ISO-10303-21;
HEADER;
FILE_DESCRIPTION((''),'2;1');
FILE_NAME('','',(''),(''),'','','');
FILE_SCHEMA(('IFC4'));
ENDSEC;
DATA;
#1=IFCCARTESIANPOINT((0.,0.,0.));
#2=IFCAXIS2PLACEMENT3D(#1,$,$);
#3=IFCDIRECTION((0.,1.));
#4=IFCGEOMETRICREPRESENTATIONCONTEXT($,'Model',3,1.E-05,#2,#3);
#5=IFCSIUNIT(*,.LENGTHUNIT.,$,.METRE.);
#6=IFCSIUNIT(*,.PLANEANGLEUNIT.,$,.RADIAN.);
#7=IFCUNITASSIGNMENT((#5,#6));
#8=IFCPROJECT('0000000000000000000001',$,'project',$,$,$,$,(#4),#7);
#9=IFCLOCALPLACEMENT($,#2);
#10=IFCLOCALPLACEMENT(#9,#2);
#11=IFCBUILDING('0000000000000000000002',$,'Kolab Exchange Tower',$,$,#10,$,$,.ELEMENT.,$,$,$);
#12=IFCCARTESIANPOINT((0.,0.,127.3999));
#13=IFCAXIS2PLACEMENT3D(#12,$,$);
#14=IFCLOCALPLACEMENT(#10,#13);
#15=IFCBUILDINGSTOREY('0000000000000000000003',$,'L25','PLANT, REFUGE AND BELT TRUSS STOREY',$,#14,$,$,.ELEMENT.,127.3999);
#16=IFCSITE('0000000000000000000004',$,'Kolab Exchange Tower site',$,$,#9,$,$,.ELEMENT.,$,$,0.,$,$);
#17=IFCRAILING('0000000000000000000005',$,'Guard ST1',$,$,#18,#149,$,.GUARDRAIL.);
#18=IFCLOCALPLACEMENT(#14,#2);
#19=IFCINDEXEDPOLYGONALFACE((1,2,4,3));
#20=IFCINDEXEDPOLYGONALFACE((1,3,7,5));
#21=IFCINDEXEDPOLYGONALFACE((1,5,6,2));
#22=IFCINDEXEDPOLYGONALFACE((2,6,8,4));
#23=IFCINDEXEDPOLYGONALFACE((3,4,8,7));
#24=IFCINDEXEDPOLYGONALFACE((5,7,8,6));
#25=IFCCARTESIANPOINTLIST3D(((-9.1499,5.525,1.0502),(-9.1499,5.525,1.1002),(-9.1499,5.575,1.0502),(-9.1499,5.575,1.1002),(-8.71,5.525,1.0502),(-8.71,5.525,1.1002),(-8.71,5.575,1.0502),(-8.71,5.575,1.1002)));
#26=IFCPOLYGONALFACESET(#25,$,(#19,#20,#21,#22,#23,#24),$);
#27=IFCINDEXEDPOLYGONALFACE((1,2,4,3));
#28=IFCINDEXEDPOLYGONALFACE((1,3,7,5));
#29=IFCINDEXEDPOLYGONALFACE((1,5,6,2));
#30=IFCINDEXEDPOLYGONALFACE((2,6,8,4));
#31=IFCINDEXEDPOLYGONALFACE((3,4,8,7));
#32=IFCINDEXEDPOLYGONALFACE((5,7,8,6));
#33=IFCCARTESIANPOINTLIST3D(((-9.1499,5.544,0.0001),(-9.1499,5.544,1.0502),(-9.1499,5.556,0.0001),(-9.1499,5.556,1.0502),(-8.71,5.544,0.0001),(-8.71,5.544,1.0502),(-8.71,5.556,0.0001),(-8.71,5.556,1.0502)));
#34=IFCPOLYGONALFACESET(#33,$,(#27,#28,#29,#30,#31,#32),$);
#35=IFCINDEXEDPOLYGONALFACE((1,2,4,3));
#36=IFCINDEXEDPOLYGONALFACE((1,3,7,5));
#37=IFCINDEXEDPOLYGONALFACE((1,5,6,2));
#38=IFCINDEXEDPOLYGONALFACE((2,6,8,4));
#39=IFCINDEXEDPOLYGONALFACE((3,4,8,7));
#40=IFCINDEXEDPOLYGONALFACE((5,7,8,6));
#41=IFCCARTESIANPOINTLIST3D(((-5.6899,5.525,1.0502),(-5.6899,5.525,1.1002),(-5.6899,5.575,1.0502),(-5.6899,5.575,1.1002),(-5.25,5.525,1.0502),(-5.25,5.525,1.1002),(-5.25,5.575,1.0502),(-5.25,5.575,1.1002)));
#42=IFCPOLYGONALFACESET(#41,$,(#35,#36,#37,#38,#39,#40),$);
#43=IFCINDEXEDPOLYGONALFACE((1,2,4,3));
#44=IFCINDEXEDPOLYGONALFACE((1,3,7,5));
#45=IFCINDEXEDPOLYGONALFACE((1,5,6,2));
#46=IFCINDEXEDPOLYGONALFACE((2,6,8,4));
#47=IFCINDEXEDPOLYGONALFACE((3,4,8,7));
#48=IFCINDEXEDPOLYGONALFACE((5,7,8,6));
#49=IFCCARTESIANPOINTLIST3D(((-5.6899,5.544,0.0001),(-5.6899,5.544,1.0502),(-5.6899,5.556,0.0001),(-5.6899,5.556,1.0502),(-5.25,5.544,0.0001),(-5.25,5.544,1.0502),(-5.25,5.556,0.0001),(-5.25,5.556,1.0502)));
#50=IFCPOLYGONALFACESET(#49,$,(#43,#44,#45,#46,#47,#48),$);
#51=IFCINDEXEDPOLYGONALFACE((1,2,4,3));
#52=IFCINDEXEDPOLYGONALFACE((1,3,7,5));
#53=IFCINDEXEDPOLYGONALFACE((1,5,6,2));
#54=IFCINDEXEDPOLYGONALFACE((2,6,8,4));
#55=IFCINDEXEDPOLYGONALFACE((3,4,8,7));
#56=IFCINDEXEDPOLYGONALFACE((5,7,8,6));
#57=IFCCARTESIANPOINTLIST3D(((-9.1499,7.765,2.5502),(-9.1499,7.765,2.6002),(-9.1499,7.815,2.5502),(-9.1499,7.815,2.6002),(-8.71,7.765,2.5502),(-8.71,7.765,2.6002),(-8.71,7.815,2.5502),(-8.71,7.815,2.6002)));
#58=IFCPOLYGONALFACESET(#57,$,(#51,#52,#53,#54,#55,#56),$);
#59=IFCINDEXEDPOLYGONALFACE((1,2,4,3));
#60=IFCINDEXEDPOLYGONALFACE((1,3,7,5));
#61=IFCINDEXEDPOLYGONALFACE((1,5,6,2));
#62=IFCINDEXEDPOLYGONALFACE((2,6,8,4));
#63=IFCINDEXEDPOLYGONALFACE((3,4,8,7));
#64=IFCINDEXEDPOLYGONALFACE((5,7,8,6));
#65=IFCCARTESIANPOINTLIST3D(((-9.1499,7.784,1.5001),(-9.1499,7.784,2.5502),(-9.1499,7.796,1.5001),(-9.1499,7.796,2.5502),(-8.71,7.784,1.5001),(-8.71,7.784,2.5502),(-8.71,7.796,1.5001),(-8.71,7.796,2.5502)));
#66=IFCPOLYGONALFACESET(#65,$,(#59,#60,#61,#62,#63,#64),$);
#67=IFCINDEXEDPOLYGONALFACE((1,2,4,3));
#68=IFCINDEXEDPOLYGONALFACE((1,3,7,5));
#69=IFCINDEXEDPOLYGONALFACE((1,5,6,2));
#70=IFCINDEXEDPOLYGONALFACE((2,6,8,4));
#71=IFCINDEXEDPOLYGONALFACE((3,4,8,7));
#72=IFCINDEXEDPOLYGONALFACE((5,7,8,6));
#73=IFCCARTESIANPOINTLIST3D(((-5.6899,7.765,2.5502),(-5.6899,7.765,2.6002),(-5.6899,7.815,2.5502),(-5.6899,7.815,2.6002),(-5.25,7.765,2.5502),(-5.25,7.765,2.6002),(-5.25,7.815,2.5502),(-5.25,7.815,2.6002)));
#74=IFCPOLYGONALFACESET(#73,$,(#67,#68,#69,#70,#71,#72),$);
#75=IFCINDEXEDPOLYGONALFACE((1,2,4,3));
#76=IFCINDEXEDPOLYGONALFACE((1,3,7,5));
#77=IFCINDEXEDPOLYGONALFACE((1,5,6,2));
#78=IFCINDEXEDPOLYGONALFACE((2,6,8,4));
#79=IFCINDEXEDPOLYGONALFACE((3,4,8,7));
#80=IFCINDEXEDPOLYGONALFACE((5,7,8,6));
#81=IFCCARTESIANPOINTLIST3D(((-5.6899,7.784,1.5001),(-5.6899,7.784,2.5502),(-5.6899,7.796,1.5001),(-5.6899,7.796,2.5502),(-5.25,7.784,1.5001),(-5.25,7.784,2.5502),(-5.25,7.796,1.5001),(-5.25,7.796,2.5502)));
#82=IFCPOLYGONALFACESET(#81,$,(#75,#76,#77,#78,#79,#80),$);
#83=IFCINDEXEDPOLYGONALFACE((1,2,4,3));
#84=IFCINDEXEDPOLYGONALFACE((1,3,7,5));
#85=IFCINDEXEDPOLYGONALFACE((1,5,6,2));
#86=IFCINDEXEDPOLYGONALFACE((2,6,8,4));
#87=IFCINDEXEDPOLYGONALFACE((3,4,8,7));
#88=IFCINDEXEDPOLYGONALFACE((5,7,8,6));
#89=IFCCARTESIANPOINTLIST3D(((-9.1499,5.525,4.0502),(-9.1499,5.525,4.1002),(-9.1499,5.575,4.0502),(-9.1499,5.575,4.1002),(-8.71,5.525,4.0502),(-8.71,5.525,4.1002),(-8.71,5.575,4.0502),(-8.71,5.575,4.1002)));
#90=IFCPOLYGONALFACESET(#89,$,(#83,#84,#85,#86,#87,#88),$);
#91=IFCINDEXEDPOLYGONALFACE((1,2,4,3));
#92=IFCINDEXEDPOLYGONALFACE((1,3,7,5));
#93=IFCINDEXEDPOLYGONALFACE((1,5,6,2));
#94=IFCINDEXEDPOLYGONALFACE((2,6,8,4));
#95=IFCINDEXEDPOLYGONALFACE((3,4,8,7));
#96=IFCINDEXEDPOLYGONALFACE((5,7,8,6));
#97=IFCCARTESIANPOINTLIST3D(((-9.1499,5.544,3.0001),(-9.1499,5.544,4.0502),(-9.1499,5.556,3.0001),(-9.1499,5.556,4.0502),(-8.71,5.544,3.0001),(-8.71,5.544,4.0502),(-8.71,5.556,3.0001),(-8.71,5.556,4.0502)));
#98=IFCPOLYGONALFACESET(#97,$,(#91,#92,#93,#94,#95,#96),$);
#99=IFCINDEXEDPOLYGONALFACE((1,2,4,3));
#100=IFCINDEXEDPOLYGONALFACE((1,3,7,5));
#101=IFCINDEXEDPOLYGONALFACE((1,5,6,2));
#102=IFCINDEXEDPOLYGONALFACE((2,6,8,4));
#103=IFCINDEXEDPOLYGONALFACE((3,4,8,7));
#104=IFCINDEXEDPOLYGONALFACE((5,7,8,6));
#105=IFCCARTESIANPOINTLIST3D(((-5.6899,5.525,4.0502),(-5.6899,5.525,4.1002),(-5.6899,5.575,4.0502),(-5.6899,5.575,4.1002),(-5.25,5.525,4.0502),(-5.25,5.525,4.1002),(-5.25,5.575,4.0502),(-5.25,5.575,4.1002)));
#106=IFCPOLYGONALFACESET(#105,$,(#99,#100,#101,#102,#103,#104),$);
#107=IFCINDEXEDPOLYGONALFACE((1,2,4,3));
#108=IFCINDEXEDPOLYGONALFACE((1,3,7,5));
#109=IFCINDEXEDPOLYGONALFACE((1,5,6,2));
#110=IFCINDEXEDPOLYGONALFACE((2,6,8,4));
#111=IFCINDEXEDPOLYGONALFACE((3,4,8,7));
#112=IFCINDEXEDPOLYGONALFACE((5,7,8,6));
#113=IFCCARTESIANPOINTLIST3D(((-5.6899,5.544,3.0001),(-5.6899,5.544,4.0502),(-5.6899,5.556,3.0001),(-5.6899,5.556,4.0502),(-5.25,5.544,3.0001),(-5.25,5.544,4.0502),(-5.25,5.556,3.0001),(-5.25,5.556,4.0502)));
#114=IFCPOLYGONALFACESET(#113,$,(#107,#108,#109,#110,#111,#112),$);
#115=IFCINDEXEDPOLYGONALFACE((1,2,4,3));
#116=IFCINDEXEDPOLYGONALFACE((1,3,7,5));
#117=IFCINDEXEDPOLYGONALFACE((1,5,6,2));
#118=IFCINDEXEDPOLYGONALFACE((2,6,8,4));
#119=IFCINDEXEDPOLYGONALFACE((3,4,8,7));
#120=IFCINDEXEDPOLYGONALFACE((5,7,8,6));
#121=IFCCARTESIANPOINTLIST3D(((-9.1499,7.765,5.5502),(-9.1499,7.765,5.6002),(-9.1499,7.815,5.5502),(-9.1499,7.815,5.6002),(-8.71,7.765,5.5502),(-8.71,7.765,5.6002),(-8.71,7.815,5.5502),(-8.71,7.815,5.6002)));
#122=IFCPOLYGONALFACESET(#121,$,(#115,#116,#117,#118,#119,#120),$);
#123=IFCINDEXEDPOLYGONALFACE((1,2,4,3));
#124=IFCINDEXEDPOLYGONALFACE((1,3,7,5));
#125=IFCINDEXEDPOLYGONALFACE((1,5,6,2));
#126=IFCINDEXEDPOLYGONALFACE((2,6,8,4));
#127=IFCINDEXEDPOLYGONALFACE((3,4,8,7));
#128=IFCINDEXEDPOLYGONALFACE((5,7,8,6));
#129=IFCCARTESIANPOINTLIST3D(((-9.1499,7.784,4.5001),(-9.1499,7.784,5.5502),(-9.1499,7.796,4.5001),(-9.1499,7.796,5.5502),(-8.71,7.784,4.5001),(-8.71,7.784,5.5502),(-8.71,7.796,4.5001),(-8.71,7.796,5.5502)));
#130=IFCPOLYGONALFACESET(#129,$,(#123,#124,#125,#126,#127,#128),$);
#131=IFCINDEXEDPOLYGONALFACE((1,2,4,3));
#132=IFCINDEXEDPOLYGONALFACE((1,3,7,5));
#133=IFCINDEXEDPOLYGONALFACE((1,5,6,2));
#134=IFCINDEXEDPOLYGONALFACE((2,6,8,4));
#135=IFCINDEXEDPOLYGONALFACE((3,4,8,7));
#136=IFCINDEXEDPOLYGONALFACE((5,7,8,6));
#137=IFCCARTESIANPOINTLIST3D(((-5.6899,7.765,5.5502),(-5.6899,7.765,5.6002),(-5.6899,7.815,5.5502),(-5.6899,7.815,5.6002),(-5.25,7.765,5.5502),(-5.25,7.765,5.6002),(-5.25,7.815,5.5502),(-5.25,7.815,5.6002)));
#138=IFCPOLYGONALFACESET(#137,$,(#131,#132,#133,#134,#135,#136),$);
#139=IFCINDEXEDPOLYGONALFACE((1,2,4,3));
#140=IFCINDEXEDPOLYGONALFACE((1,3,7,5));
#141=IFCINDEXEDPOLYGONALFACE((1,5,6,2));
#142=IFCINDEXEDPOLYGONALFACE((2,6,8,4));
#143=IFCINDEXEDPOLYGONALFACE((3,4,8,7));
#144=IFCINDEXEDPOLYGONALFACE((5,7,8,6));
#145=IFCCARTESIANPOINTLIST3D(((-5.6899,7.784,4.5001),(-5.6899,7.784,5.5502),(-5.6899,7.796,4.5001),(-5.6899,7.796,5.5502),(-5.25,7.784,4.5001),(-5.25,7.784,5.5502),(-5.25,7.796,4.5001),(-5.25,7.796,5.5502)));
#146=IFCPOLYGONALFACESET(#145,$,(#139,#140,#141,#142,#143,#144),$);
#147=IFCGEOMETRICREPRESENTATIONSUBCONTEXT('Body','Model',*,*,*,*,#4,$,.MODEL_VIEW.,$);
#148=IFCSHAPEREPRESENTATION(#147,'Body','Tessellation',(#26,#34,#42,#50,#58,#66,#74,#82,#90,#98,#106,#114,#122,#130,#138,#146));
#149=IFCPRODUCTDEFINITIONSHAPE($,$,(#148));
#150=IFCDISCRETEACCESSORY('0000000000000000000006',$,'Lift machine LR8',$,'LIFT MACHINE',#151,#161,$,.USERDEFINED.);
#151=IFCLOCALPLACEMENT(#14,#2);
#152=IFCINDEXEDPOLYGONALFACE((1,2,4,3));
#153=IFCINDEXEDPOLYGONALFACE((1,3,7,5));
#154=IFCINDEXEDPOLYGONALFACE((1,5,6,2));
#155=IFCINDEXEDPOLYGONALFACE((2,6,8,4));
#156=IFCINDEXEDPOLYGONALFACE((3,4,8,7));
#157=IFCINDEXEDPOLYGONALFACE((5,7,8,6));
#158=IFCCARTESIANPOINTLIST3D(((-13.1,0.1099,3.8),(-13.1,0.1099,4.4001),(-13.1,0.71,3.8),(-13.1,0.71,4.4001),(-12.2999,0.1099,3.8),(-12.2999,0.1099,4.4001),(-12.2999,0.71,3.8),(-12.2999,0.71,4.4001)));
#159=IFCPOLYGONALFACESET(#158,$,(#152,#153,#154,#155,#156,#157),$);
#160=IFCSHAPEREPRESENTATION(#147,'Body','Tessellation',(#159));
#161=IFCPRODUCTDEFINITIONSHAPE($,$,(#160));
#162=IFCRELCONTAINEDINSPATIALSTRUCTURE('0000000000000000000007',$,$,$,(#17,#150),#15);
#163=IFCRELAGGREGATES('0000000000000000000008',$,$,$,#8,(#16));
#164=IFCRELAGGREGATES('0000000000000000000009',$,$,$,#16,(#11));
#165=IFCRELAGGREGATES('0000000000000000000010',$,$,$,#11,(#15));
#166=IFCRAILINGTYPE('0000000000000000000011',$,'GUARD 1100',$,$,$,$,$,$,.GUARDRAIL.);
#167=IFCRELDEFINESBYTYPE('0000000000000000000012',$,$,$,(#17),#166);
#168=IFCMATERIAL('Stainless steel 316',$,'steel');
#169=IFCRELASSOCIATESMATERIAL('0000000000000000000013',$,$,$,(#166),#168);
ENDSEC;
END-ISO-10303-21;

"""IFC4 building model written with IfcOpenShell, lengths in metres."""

from ifc_helpers import new_model, si_unit, direction, frame, frame_2d, origin, origin_2d, place, context, subcontext, project, spatial, rectangle, extrude, material, type_object, element, save


model = new_model("IFC4")

# Units and contexts
model_context = context("Model", 3, precision=1e-05, world=origin(), true_north=direction((0.0, 1.0)))
body_context = subcontext(model_context, "Body", "Model", "MODEL_VIEW")
ifc_project = project(units=[si_unit("LENGTHUNIT", "METRE"), si_unit("PLANEANGLEUNIT", "RADIAN")], contexts=[model_context])

# Site, building, storey
site_placement = place(None, origin())
site = spatial("IfcSite", under=ifc_project, at=site_placement, Name="Kolab Exchange Tower site", CompositionType="ELEMENT", RefElevation=0.0)
building_placement = place(site_placement, origin())
building = spatial("IfcBuilding", under=site, at=building_placement, Name="Kolab Exchange Tower", CompositionType="ELEMENT")
storey_placement = place(building_placement, frame((0.0, 0.0, 127.3999)))
storey = spatial("IfcBuildingStorey", under=building, at=storey_placement, Name="L25", Description="PLANT, REFUGE AND BELT TRUSS STOREY", CompositionType="ELEMENT", Elevation=127.3999)

# Railing
ifc_material_1 = material(Name="Stainless steel 316", Category="steel")
railing_type = type_object("IfcRailingType", Name="GUARD 1100", PredefinedType="GUARDRAIL", material=ifc_material_1)
railing_placement = place(storey_placement, frame((-9.1499, 5.55, 0.0)))
element("IfcRailing", 1, at=railing_placement, inside=storey, type_object=railing_type, Name="Guard ST1", PredefinedType="GUARDRAIL", context=body_context, shape_type="SweptSolid", body=[
    extrude(rectangle(XDim=0.05, YDim=0.05, at=origin_2d()), frame((0.0, 0.0, 1.0752), z_axis=(1.0, 0.0, 0.0), x_axis=(0.0, 1.0, 0.0)), (0.0, 0.0, 1.0), 0.4399),
    extrude(rectangle(XDim=0.012, YDim=1.0501, at=frame_2d((0.0, 0.5251))), frame((0.0, 0.0, 0.0), z_axis=(1.0, 0.0, 0.0), x_axis=(0.0, 1.0, 0.0)), (0.0, 0.0, 1.0), 0.4399),
    extrude(rectangle(XDim=0.05, YDim=0.05, at=origin_2d()), frame((3.46, 0.0, 1.0752), z_axis=(1.0, 0.0, 0.0), x_axis=(0.0, 1.0, 0.0)), (0.0, 0.0, 1.0), 0.4399),
    extrude(rectangle(XDim=0.012, YDim=1.0501, at=frame_2d((0.0, 0.5251))), frame((3.46, 0.0, 0.0), z_axis=(1.0, 0.0, 0.0), x_axis=(0.0, 1.0, 0.0)), (0.0, 0.0, 1.0), 0.4399),
    extrude(rectangle(XDim=0.05, YDim=0.05, at=origin_2d()), frame((0.0, 2.24, 2.5752), z_axis=(1.0, 0.0, 0.0), x_axis=(0.0, 1.0, 0.0)), (0.0, 0.0, 1.0), 0.4399),
    extrude(rectangle(XDim=0.012, YDim=1.0501, at=frame_2d((0.0, 0.5251))), frame((0.0, 2.24, 1.5), z_axis=(1.0, 0.0, 0.0), x_axis=(0.0, 1.0, 0.0)), (0.0, 0.0, 1.0), 0.4399),
    extrude(rectangle(XDim=0.05, YDim=0.05, at=origin_2d()), frame((3.46, 2.24, 2.5752), z_axis=(1.0, 0.0, 0.0), x_axis=(0.0, 1.0, 0.0)), (0.0, 0.0, 1.0), 0.4399),
    extrude(rectangle(XDim=0.012, YDim=1.0501, at=frame_2d((0.0, 0.5251))), frame((3.46, 2.24, 1.5), z_axis=(1.0, 0.0, 0.0), x_axis=(0.0, 1.0, 0.0)), (0.0, 0.0, 1.0), 0.4399),
    extrude(rectangle(XDim=0.05, YDim=0.05, at=origin_2d()), frame((0.0, 0.0, 4.0752), z_axis=(1.0, 0.0, 0.0), x_axis=(0.0, 1.0, 0.0)), (0.0, 0.0, 1.0), 0.4399),
    extrude(rectangle(XDim=0.012, YDim=1.0501, at=frame_2d((0.0, 0.5251))), frame((0.0, 0.0, 3.0), z_axis=(1.0, 0.0, 0.0), x_axis=(0.0, 1.0, 0.0)), (0.0, 0.0, 1.0), 0.4399),
    extrude(rectangle(XDim=0.05, YDim=0.05, at=origin_2d()), frame((3.46, 0.0, 4.0752), z_axis=(1.0, 0.0, 0.0), x_axis=(0.0, 1.0, 0.0)), (0.0, 0.0, 1.0), 0.4399),
    extrude(rectangle(XDim=0.012, YDim=1.0501, at=frame_2d((0.0, 0.5251))), frame((3.46, 0.0, 3.0), z_axis=(1.0, 0.0, 0.0), x_axis=(0.0, 1.0, 0.0)), (0.0, 0.0, 1.0), 0.4399),
    extrude(rectangle(XDim=0.05, YDim=0.05, at=origin_2d()), frame((0.0, 2.24, 5.5752), z_axis=(1.0, 0.0, 0.0), x_axis=(0.0, 1.0, 0.0)), (0.0, 0.0, 1.0), 0.4399),
    extrude(rectangle(XDim=0.012, YDim=1.0501, at=frame_2d((0.0, 0.5251))), frame((0.0, 2.24, 4.5), z_axis=(1.0, 0.0, 0.0), x_axis=(0.0, 1.0, 0.0)), (0.0, 0.0, 1.0), 0.4399),
    extrude(rectangle(XDim=0.05, YDim=0.05, at=origin_2d()), frame((3.46, 2.24, 5.5752), z_axis=(1.0, 0.0, 0.0), x_axis=(0.0, 1.0, 0.0)), (0.0, 0.0, 1.0), 0.4399),
    extrude(rectangle(XDim=0.012, YDim=1.0501, at=frame_2d((0.0, 0.5251))), frame((3.46, 2.24, 4.5), z_axis=(1.0, 0.0, 0.0), x_axis=(0.0, 1.0, 0.0)), (0.0, 0.0, 1.0), 0.4399),
])

# Discrete accessory
discrete_accessory_placement = place(storey_placement, frame((-12.7, 0.4099, 3.8), z_axis=(0.0, 0.0, 1.0), x_axis=(1.0, 0.0, 0.0)))
element("IfcDiscreteAccessory", 2, at=discrete_accessory_placement, inside=storey, Name="Lift machine LR8", ObjectType="LIFT MACHINE", PredefinedType="USERDEFINED", context=body_context, shape_type="SweptSolid", body=[
    extrude(rectangle(XDim=0.8, YDim=0.6001, at=origin_2d()), origin(), (0.0, 0.0, 1.0), 0.6001),
])

save(model, "model.ifc")
